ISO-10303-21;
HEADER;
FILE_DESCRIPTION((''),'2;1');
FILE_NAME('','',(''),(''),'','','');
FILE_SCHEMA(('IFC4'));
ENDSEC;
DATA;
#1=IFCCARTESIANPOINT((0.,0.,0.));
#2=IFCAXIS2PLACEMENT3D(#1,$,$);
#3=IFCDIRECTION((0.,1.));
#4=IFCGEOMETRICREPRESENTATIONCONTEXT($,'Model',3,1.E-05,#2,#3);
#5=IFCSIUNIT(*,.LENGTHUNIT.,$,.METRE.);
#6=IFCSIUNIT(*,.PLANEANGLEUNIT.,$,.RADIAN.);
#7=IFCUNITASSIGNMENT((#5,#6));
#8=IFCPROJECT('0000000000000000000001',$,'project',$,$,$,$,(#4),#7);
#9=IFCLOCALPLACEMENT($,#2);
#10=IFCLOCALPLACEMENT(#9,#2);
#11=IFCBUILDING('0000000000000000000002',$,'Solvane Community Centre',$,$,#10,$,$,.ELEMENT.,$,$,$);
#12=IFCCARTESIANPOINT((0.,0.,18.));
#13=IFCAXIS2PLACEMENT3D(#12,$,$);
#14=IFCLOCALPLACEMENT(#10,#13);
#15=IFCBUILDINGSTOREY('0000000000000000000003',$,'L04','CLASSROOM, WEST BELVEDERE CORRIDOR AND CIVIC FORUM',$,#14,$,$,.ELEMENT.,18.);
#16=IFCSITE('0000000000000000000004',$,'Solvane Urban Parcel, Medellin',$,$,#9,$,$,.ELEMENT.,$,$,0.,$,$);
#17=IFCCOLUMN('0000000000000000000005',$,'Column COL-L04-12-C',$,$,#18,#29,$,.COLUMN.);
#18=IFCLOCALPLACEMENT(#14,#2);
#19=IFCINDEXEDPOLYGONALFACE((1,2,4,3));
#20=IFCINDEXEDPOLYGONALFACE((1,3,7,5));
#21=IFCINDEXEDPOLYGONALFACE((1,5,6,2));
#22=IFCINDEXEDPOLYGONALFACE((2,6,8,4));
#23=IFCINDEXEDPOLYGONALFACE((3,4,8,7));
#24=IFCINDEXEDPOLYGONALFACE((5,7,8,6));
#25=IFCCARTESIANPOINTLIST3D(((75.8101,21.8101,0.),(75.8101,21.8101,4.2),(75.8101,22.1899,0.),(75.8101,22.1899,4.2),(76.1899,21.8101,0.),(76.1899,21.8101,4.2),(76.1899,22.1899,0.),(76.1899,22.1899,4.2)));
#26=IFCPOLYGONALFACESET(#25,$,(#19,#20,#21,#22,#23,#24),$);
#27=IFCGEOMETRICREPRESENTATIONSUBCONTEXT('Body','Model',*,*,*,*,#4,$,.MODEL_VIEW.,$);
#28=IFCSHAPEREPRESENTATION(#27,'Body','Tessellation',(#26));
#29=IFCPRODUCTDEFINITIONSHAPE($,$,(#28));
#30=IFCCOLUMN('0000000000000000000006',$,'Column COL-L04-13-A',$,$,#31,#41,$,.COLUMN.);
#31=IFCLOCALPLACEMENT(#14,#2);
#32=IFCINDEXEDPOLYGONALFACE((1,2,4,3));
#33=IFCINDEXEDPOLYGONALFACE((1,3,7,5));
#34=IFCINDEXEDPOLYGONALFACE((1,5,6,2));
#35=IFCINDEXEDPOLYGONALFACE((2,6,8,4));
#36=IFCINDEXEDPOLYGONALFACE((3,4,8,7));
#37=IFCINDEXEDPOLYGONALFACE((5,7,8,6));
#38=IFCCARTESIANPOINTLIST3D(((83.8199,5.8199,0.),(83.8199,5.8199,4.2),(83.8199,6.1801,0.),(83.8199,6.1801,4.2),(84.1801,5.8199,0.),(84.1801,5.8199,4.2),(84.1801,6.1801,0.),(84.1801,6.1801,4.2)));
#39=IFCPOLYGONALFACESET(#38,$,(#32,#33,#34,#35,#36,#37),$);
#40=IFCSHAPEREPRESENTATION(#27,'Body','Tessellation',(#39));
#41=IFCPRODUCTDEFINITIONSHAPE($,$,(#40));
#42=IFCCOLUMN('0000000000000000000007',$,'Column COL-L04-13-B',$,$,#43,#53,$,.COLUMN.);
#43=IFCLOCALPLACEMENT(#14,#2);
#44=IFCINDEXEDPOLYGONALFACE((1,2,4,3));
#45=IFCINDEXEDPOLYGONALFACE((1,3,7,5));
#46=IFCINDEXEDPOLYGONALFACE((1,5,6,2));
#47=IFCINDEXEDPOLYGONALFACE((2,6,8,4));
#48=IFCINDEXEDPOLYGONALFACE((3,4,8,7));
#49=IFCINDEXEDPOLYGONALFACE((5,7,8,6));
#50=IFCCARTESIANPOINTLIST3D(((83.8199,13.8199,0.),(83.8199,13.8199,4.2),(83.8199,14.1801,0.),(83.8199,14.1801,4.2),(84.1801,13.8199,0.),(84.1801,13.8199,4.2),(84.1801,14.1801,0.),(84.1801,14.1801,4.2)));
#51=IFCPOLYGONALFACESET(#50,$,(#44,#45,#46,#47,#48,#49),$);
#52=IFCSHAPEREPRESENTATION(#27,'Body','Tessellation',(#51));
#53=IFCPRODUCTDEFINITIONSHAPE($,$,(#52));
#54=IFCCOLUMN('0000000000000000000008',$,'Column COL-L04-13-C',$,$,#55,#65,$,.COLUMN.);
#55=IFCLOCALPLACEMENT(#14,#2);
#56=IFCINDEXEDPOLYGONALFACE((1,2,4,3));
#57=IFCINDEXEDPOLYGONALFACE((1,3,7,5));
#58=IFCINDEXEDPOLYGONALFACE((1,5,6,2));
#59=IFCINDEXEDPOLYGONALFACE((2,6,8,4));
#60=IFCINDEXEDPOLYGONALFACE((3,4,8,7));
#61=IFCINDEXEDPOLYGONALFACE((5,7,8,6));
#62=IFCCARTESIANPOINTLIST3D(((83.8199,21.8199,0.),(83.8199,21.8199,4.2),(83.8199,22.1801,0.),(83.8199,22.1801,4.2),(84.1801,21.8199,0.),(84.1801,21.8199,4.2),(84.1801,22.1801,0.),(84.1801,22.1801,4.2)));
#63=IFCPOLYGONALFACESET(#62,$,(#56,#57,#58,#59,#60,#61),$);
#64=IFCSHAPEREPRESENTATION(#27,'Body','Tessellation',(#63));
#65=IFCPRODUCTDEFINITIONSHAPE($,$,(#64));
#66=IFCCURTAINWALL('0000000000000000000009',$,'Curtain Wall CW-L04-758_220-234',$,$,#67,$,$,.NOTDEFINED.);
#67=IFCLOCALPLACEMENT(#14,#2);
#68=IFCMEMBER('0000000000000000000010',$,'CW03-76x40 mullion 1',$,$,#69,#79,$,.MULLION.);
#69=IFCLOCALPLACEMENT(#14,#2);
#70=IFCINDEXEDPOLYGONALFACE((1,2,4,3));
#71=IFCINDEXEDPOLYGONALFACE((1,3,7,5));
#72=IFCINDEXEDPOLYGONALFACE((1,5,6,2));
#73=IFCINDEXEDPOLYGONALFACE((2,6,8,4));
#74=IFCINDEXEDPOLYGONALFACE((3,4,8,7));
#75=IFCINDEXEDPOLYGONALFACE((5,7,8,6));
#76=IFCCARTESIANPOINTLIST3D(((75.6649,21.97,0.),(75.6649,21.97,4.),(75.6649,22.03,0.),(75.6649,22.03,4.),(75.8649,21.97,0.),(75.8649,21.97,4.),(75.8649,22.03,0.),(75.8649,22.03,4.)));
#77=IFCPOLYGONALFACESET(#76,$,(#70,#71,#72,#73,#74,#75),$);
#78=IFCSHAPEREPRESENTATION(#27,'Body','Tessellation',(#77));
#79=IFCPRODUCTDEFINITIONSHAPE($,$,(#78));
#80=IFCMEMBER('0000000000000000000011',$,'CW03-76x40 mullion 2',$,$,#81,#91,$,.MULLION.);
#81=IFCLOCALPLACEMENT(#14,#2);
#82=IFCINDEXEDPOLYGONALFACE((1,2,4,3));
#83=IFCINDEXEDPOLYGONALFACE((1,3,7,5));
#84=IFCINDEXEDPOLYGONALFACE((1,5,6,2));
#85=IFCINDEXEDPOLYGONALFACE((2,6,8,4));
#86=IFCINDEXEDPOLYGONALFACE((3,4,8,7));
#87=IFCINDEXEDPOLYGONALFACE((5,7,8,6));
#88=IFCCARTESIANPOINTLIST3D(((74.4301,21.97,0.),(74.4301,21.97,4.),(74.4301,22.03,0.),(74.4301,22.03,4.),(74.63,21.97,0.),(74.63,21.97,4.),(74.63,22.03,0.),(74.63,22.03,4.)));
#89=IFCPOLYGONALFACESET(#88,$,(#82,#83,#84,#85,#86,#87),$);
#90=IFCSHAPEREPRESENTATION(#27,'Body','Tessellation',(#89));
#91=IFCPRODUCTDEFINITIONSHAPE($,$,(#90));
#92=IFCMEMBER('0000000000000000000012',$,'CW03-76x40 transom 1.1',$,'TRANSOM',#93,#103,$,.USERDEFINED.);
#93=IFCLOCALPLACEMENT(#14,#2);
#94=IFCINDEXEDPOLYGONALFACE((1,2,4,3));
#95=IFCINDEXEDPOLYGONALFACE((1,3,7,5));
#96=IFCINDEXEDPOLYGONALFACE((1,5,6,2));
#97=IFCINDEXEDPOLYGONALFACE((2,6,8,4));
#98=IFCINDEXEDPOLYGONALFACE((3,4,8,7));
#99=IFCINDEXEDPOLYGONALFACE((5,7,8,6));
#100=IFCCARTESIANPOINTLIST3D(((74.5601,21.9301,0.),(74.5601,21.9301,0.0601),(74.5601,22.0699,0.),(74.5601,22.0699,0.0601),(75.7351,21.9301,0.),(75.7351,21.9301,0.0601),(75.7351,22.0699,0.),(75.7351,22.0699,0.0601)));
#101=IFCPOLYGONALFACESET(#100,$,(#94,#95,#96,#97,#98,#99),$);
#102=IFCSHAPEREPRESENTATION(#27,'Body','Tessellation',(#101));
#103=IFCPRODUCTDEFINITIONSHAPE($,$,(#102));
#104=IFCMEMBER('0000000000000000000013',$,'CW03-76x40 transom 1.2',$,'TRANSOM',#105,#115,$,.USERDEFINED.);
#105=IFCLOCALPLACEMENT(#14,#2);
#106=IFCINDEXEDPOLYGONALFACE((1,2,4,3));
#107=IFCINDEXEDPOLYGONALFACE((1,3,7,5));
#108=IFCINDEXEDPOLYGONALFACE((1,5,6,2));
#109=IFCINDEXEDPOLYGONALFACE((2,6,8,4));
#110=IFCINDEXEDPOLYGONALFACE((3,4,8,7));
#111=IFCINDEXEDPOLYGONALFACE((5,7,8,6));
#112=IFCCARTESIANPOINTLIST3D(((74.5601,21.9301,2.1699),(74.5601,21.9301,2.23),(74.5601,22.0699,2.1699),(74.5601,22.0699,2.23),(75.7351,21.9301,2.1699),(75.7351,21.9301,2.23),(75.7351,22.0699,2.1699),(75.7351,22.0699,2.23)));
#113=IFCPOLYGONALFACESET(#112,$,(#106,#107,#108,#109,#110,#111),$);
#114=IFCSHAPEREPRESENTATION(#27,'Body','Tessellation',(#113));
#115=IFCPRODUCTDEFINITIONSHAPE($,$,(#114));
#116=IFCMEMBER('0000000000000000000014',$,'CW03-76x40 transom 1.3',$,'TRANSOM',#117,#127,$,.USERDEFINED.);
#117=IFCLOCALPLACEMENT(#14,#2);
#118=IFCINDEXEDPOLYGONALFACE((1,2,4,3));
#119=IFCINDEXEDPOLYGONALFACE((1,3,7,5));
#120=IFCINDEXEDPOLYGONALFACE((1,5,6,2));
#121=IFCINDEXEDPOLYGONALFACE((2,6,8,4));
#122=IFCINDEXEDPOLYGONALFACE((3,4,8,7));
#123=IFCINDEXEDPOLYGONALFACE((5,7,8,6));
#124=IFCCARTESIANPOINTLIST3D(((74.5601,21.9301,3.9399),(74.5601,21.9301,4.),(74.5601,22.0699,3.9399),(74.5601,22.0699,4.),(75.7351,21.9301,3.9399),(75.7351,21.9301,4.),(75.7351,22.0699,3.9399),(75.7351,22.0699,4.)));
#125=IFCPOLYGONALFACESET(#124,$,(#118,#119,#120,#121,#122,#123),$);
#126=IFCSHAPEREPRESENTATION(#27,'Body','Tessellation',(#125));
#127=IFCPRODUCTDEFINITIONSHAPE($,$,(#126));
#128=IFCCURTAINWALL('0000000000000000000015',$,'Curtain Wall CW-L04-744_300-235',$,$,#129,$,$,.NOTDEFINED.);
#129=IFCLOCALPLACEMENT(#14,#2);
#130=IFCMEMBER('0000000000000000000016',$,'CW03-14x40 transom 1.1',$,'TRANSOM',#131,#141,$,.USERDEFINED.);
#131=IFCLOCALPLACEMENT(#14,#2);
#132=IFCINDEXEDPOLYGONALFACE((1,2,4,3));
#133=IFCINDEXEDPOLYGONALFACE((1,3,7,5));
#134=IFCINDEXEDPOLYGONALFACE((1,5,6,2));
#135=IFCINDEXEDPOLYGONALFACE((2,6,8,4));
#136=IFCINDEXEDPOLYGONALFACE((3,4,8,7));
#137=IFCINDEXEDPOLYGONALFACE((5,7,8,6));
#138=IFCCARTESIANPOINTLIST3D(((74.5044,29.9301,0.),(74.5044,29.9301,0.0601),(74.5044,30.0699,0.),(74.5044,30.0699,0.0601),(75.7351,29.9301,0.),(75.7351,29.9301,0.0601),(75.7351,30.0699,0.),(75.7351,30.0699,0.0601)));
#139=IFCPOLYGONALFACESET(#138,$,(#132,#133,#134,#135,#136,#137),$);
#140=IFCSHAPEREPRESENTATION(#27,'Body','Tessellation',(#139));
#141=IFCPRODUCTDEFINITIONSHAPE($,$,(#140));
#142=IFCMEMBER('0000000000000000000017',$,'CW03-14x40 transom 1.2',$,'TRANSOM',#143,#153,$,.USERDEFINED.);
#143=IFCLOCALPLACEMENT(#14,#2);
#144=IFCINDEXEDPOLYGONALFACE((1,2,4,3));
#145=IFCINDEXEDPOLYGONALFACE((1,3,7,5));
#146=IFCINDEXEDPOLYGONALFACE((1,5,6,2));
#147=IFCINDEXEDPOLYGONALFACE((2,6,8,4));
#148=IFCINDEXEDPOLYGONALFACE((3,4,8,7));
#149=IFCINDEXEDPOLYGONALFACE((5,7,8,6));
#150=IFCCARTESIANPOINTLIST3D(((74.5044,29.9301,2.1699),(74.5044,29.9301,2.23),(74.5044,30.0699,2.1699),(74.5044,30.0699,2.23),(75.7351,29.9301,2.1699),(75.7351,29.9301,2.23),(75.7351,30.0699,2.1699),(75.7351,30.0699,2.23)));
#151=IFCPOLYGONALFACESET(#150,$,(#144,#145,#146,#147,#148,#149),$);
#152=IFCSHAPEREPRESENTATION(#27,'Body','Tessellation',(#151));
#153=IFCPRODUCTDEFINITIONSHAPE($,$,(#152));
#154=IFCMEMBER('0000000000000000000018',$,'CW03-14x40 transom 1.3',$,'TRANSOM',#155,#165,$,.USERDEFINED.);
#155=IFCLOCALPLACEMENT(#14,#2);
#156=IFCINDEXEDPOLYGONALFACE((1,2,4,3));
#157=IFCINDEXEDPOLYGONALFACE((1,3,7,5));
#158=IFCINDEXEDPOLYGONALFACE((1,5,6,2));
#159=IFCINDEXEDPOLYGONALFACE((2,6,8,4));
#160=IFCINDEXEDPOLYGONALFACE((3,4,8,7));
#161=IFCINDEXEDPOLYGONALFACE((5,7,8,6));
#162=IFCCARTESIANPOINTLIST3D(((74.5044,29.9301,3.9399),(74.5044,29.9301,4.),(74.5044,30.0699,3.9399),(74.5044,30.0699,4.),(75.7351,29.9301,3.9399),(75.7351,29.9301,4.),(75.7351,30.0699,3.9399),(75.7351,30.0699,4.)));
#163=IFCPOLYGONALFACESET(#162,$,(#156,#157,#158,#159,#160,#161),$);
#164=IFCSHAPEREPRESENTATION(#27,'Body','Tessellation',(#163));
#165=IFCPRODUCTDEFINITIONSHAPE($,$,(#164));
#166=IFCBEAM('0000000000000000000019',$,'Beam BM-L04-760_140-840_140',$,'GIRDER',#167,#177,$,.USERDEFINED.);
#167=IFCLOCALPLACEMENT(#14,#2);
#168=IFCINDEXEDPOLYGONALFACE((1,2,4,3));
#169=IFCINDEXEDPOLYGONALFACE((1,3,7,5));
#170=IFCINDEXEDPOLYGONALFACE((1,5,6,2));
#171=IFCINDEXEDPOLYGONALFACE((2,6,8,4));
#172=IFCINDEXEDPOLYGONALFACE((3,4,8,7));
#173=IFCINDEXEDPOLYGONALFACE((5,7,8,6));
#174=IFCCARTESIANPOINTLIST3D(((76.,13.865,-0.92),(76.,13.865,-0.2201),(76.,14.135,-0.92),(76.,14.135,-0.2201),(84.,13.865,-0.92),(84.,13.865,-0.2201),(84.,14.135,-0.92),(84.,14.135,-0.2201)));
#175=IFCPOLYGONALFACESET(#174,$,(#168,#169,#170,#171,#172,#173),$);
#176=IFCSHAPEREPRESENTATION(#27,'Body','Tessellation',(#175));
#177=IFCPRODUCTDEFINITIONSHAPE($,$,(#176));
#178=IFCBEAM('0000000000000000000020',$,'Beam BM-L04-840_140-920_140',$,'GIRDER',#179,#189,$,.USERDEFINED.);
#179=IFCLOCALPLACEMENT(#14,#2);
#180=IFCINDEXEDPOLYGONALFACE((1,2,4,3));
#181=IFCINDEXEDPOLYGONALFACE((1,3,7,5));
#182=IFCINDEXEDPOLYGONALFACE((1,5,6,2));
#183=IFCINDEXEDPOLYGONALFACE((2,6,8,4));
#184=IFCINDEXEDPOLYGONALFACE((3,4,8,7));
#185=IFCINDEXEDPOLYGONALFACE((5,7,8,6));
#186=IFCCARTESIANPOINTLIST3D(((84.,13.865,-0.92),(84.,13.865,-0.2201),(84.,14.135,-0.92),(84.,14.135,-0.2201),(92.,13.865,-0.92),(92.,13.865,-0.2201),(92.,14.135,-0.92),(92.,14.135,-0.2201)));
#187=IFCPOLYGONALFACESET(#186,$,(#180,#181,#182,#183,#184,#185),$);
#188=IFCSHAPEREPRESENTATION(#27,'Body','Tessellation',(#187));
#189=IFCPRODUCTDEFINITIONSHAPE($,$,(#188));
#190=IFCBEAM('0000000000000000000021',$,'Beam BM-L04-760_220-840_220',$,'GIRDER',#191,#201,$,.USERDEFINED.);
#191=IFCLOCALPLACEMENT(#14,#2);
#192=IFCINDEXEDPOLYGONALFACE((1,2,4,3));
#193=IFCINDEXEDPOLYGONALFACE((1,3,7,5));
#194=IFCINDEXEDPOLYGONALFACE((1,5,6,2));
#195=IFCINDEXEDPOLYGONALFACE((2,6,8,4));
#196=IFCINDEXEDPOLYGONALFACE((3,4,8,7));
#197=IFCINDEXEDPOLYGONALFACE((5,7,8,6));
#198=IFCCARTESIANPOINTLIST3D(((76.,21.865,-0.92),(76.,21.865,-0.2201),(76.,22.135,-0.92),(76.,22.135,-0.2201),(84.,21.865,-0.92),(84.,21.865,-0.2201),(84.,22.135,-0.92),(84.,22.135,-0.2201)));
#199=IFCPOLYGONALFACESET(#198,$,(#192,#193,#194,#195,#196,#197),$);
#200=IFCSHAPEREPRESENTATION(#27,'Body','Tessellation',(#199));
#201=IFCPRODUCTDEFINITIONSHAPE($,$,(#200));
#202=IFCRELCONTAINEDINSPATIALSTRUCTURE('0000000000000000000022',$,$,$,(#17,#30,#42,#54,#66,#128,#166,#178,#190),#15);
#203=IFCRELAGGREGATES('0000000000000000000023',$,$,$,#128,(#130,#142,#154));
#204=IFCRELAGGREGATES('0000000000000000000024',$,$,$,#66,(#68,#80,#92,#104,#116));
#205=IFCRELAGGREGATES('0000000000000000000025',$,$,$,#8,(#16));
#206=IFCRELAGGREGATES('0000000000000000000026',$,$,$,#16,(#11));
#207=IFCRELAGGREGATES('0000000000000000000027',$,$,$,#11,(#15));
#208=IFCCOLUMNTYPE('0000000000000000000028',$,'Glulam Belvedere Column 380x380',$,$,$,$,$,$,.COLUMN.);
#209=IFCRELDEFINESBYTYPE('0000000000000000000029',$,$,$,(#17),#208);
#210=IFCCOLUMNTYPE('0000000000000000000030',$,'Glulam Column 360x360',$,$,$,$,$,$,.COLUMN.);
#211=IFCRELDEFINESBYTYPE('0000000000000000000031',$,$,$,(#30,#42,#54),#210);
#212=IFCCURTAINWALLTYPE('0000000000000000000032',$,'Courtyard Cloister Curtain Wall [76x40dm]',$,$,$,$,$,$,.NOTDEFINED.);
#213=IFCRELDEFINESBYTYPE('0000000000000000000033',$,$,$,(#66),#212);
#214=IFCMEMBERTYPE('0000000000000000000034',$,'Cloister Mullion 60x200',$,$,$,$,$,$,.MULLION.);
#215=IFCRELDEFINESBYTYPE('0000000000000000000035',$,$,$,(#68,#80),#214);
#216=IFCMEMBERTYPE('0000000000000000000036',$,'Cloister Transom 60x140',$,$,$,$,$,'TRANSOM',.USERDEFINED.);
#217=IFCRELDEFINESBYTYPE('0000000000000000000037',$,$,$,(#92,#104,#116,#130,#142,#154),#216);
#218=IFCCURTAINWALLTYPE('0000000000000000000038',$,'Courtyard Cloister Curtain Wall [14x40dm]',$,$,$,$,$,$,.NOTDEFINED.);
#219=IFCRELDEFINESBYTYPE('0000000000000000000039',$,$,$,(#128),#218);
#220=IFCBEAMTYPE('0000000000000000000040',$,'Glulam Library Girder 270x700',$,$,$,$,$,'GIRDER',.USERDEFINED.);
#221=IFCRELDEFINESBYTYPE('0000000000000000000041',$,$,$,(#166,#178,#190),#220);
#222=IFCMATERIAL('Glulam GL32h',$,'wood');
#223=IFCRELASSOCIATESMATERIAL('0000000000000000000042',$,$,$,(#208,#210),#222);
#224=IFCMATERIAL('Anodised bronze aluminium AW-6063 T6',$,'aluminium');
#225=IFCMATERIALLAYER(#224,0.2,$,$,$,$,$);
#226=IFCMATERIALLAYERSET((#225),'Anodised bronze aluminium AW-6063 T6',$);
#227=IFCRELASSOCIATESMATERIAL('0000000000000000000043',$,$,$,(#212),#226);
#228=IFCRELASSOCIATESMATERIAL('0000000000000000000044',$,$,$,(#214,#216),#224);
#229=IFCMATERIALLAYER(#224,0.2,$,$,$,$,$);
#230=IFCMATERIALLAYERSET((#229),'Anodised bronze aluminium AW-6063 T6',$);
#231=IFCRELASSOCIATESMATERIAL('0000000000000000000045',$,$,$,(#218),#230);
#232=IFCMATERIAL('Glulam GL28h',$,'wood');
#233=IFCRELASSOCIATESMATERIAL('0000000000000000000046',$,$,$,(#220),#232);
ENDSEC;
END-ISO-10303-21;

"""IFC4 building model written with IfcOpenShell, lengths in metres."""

from ifc_helpers import new_model, si_unit, direction, frame, origin, origin_2d, place, context, subcontext, project, spatial, rectangle, extrude, material, layer, layer_set, material_profile, profile_set, type_object, element, aggregate, save


model = new_model("IFC4")

# Units and contexts
model_context = context("Model", 3, precision=1e-05, world=origin(), true_north=direction((0.0, 1.0)))
body_context = subcontext(model_context, "Body", "Model", "MODEL_VIEW")
ifc_project = project(units=[si_unit("LENGTHUNIT", "METRE"), si_unit("PLANEANGLEUNIT", "RADIAN")], contexts=[model_context])

# Site, building, storey
site_placement = place(None, origin())
site = spatial("IfcSite", under=ifc_project, at=site_placement, Name="Solvane Urban Parcel, Medellin", CompositionType="ELEMENT", RefElevation=0.0)
building_placement = place(site_placement, origin())
building = spatial("IfcBuilding", under=site, at=building_placement, Name="Solvane Community Centre", CompositionType="ELEMENT")
storey_placement = place(building_placement, frame((0.0, 0.0, 18.0)))
storey = spatial("IfcBuildingStorey", under=building, at=storey_placement, Name="L04", Description="CLASSROOM, WEST BELVEDERE CORRIDOR AND CIVIC FORUM", CompositionType="ELEMENT", Elevation=18.0)

# Columns
ifc_material_1 = material(Name="Glulam GL32h", Category="wood")
ifc_material_profile_1 = material_profile(ifc_material_1, rectangle(XDim=0.3799, YDim=0.3799, at=origin_2d()), Name="GL32h 380x380")
ifc_profile_set_1 = profile_set([ifc_material_profile_1], Name="Glulam GL32h")
column_type_1 = type_object("IfcColumnType", Name="Glulam Belvedere Column 380x380", PredefinedType="COLUMN", material=ifc_profile_set_1)
column_placement = place(storey_placement, frame((76.0, 22.0, 0.0), z_axis=(0.0, 0.0, 1.0), x_axis=(1.0, 0.0, 0.0)))
element("IfcColumn", 1, at=column_placement, inside=storey, type_object=column_type_1, Name="Column COL-L04-12-C", PredefinedType="COLUMN", context=body_context, shape_type="SweptSolid", body=[
    extrude(rectangle(XDim=0.3799, YDim=0.3799, at=origin_2d()), origin(), (0.0, 0.0, 1.0), 4.2),
])
ifc_material_profile_2 = material_profile(ifc_material_1, rectangle(XDim=0.3601, YDim=0.3601, at=origin_2d()), Name="GL32h 360x360")
ifc_profile_set_2 = profile_set([ifc_material_profile_2], Name="Glulam GL32h")
column_type_2 = type_object("IfcColumnType", Name="Glulam Column 360x360", PredefinedType="COLUMN", material=ifc_profile_set_2)
for number, where, z_axis, x_axis, name in (
    (2, (84.0, 6.0, 0.0), (0.0, 0.0, 1.0), (1.0, 0.0, 0.0), "Column COL-L04-13-A"),
    (3, (84.0, 14.0, 0.0), (0.0, 0.0, 1.0), (1.0, 0.0, 0.0), "Column COL-L04-13-B"),
    (4, (84.0, 22.0, 0.0), (0.0, 0.0, 1.0), (1.0, 0.0, 0.0), "Column COL-L04-13-C"),
):
    element("IfcColumn", number, at=place(storey_placement, frame(where, z_axis=z_axis, x_axis=x_axis)), inside=storey, type_object=column_type_2, Name=name, PredefinedType="COLUMN", context=body_context, shape_type="SweptSolid", body=[
        extrude(rectangle(XDim=0.3601, YDim=0.3601, at=origin_2d()), origin(), (0.0, 0.0, 1.0), 4.2),
    ])

# Curtain walls, members
ifc_material_2 = material(Name="Anodised bronze aluminium AW-6063 T6", Category="aluminium")
ifc_layer_1 = layer(ifc_material_2, 0.2)
ifc_layer_set_1 = layer_set([ifc_layer_1], Name="Anodised bronze aluminium AW-6063 T6")
curtain_wall_type_1 = type_object("IfcCurtainWallType", Name="Courtyard Cloister Curtain Wall [76x40dm]", PredefinedType="NOTDEFINED", material=ifc_layer_set_1)
curtain_wall_1_placement = place(storey_placement, origin())
curtain_wall_1 = element("IfcCurtainWall", 5, at=curtain_wall_1_placement, inside=storey, type_object=curtain_wall_type_1, Name="Curtain Wall CW-L04-758_220-234", PredefinedType="NOTDEFINED")
ifc_material_profile_3 = material_profile(ifc_material_2, rectangle(XDim=0.0601, YDim=0.2, at=origin_2d()), Name="CW-M 60x200")
ifc_profile_set_3 = profile_set([ifc_material_profile_3], Name="Anodised bronze aluminium AW-6063 T6")
member_type_1 = type_object("IfcMemberType", Name="Cloister Mullion 60x200", PredefinedType="MULLION", material=ifc_profile_set_3)
member_1_placement = place(storey_placement, frame((75.7649, 22.0, 0.0), z_axis=(0.0, 0.0, 1.0), x_axis=(0.0, -1.0, 0.0)))
member_1 = element("IfcMember", 6, at=member_1_placement, type_object=member_type_1, Name="CW03-76x40 mullion 1", PredefinedType="MULLION", context=body_context, shape_type="SweptSolid", body=[
    extrude(rectangle(XDim=0.0601, YDim=0.2, at=origin_2d()), origin(), (0.0, 0.0, 1.0), 4.0),
])
member_2_placement = place(storey_placement, frame((74.53, 22.0, 0.0), z_axis=(0.0, 0.0, 1.0), x_axis=(0.0, -1.0, 0.0)))
member_2 = element("IfcMember", 7, at=member_2_placement, type_object=member_type_1, Name="CW03-76x40 mullion 2", PredefinedType="MULLION", context=body_context, shape_type="SweptSolid", body=[
    extrude(rectangle(XDim=0.0601, YDim=0.2, at=origin_2d()), origin(), (0.0, 0.0, 1.0), 4.0),
])
ifc_material_profile_4 = material_profile(ifc_material_2, rectangle(XDim=0.1399, YDim=0.0601, at=origin_2d()), Name="CW-T 60x140")
ifc_profile_set_4 = profile_set([ifc_material_profile_4], Name="Anodised bronze aluminium AW-6063 T6")
member_type_2 = type_object("IfcMemberType", Name="Cloister Transom 60x140", ElementType="TRANSOM", PredefinedType="USERDEFINED", material=ifc_profile_set_4)
member_3_placement = place(storey_placement, frame((75.7351, 22.0, 0.03), z_axis=(-1.0, 0.0, 0.0), x_axis=(0.0, -1.0, 0.0)))
member_3 = element("IfcMember", 8, at=member_3_placement, type_object=member_type_2, Name="CW03-76x40 transom 1.1", ObjectType="TRANSOM", PredefinedType="USERDEFINED", context=body_context, shape_type="SweptSolid", body=[
    extrude(rectangle(XDim=0.1399, YDim=0.0601, at=origin_2d()), origin(), (0.0, 0.0, 1.0), 1.175),
])
member_4_placement = place(storey_placement, frame((75.7351, 22.0, 2.2), z_axis=(-1.0, 0.0, 0.0), x_axis=(0.0, -1.0, 0.0)))
member_4 = element("IfcMember", 9, at=member_4_placement, type_object=member_type_2, Name="CW03-76x40 transom 1.2", ObjectType="TRANSOM", PredefinedType="USERDEFINED", context=body_context, shape_type="SweptSolid", body=[
    extrude(rectangle(XDim=0.1399, YDim=0.0601, at=origin_2d()), origin(), (0.0, 0.0, 1.0), 1.175),
])
member_5_placement = place(storey_placement, frame((75.7351, 22.0, 3.97), z_axis=(-1.0, 0.0, 0.0), x_axis=(0.0, -1.0, 0.0)))
member_5 = element("IfcMember", 10, at=member_5_placement, type_object=member_type_2, Name="CW03-76x40 transom 1.3", ObjectType="TRANSOM", PredefinedType="USERDEFINED", context=body_context, shape_type="SweptSolid", body=[
    extrude(rectangle(XDim=0.1399, YDim=0.0601, at=origin_2d()), origin(), (0.0, 0.0, 1.0), 1.175),
])
ifc_layer_2 = layer(ifc_material_2, 0.2)
ifc_layer_set_2 = layer_set([ifc_layer_2], Name="Anodised bronze aluminium AW-6063 T6")
curtain_wall_type_2 = type_object("IfcCurtainWallType", Name="Courtyard Cloister Curtain Wall [14x40dm]", PredefinedType="NOTDEFINED", material=ifc_layer_set_2)
curtain_wall_2_placement = place(storey_placement, origin())
curtain_wall_2 = element("IfcCurtainWall", 11, at=curtain_wall_2_placement, inside=storey, type_object=curtain_wall_type_2, Name="Curtain Wall CW-L04-744_300-235", PredefinedType="NOTDEFINED")
member_6_placement = place(storey_placement, frame((74.5044, 30.0, 0.03), z_axis=(1.0, 0.0, 0.0), x_axis=(0.0, 1.0, 0.0)))
member_6 = element("IfcMember", 12, at=member_6_placement, type_object=member_type_2, Name="CW03-14x40 transom 1.1", ObjectType="TRANSOM", PredefinedType="USERDEFINED", context=body_context, shape_type="SweptSolid", body=[
    extrude(rectangle(XDim=0.1399, YDim=0.0601, at=origin_2d()), origin(), (0.0, 0.0, 1.0), 1.2307),
])
member_7_placement = place(storey_placement, frame((74.5044, 30.0, 2.2), z_axis=(1.0, 0.0, 0.0), x_axis=(0.0, 1.0, 0.0)))
member_7 = element("IfcMember", 13, at=member_7_placement, type_object=member_type_2, Name="CW03-14x40 transom 1.2", ObjectType="TRANSOM", PredefinedType="USERDEFINED", context=body_context, shape_type="SweptSolid", body=[
    extrude(rectangle(XDim=0.1399, YDim=0.0601, at=origin_2d()), origin(), (0.0, 0.0, 1.0), 1.2307),
])
member_8_placement = place(storey_placement, frame((74.5044, 30.0, 3.97), z_axis=(1.0, 0.0, 0.0), x_axis=(0.0, 1.0, 0.0)))
member_8 = element("IfcMember", 14, at=member_8_placement, type_object=member_type_2, Name="CW03-14x40 transom 1.3", ObjectType="TRANSOM", PredefinedType="USERDEFINED", context=body_context, shape_type="SweptSolid", body=[
    extrude(rectangle(XDim=0.1399, YDim=0.0601, at=origin_2d()), origin(), (0.0, 0.0, 1.0), 1.2307),
])

# Beams
ifc_material_3 = material(Name="Glulam GL28h", Category="wood")
ifc_material_profile_5 = material_profile(ifc_material_3, rectangle(XDim=0.27, YDim=0.7, at=origin_2d()), Name="GL28h 270x700")
ifc_profile_set_5 = profile_set([ifc_material_profile_5], Name="Glulam GL28h")
beam_type_1 = type_object("IfcBeamType", Name="Glulam Library Girder 270x700", ElementType="GIRDER", PredefinedType="USERDEFINED", material=ifc_profile_set_5)
for number, where, z_axis, x_axis, name in (
    (15, (76.0, 14.0, -0.5701), (1.0, 0.0, 0.0), (0.0, 1.0, 0.0), "Beam BM-L04-760_140-840_140"),
    (16, (84.0, 14.0, -0.5701), (1.0, 0.0, 0.0), (0.0, 1.0, 0.0), "Beam BM-L04-840_140-920_140"),
    (17, (76.0, 22.0, -0.5701), (1.0, 0.0, 0.0), (0.0, 1.0, 0.0), "Beam BM-L04-760_220-840_220"),
):
    element("IfcBeam", number, at=place(storey_placement, frame(where, z_axis=z_axis, x_axis=x_axis)), inside=storey, type_object=beam_type_1, Name=name, ObjectType="GIRDER", PredefinedType="USERDEFINED", context=body_context, shape_type="SweptSolid", body=[
        extrude(rectangle(XDim=0.27, YDim=0.7, at=origin_2d()), origin(), (0.0, 0.0, 1.0), 8.0),
    ])

aggregate(curtain_wall_2, [member_6, member_7, member_8])
aggregate(curtain_wall_1, [member_1, member_2, member_3, member_4, member_5])

save(model, "model.ifc")
